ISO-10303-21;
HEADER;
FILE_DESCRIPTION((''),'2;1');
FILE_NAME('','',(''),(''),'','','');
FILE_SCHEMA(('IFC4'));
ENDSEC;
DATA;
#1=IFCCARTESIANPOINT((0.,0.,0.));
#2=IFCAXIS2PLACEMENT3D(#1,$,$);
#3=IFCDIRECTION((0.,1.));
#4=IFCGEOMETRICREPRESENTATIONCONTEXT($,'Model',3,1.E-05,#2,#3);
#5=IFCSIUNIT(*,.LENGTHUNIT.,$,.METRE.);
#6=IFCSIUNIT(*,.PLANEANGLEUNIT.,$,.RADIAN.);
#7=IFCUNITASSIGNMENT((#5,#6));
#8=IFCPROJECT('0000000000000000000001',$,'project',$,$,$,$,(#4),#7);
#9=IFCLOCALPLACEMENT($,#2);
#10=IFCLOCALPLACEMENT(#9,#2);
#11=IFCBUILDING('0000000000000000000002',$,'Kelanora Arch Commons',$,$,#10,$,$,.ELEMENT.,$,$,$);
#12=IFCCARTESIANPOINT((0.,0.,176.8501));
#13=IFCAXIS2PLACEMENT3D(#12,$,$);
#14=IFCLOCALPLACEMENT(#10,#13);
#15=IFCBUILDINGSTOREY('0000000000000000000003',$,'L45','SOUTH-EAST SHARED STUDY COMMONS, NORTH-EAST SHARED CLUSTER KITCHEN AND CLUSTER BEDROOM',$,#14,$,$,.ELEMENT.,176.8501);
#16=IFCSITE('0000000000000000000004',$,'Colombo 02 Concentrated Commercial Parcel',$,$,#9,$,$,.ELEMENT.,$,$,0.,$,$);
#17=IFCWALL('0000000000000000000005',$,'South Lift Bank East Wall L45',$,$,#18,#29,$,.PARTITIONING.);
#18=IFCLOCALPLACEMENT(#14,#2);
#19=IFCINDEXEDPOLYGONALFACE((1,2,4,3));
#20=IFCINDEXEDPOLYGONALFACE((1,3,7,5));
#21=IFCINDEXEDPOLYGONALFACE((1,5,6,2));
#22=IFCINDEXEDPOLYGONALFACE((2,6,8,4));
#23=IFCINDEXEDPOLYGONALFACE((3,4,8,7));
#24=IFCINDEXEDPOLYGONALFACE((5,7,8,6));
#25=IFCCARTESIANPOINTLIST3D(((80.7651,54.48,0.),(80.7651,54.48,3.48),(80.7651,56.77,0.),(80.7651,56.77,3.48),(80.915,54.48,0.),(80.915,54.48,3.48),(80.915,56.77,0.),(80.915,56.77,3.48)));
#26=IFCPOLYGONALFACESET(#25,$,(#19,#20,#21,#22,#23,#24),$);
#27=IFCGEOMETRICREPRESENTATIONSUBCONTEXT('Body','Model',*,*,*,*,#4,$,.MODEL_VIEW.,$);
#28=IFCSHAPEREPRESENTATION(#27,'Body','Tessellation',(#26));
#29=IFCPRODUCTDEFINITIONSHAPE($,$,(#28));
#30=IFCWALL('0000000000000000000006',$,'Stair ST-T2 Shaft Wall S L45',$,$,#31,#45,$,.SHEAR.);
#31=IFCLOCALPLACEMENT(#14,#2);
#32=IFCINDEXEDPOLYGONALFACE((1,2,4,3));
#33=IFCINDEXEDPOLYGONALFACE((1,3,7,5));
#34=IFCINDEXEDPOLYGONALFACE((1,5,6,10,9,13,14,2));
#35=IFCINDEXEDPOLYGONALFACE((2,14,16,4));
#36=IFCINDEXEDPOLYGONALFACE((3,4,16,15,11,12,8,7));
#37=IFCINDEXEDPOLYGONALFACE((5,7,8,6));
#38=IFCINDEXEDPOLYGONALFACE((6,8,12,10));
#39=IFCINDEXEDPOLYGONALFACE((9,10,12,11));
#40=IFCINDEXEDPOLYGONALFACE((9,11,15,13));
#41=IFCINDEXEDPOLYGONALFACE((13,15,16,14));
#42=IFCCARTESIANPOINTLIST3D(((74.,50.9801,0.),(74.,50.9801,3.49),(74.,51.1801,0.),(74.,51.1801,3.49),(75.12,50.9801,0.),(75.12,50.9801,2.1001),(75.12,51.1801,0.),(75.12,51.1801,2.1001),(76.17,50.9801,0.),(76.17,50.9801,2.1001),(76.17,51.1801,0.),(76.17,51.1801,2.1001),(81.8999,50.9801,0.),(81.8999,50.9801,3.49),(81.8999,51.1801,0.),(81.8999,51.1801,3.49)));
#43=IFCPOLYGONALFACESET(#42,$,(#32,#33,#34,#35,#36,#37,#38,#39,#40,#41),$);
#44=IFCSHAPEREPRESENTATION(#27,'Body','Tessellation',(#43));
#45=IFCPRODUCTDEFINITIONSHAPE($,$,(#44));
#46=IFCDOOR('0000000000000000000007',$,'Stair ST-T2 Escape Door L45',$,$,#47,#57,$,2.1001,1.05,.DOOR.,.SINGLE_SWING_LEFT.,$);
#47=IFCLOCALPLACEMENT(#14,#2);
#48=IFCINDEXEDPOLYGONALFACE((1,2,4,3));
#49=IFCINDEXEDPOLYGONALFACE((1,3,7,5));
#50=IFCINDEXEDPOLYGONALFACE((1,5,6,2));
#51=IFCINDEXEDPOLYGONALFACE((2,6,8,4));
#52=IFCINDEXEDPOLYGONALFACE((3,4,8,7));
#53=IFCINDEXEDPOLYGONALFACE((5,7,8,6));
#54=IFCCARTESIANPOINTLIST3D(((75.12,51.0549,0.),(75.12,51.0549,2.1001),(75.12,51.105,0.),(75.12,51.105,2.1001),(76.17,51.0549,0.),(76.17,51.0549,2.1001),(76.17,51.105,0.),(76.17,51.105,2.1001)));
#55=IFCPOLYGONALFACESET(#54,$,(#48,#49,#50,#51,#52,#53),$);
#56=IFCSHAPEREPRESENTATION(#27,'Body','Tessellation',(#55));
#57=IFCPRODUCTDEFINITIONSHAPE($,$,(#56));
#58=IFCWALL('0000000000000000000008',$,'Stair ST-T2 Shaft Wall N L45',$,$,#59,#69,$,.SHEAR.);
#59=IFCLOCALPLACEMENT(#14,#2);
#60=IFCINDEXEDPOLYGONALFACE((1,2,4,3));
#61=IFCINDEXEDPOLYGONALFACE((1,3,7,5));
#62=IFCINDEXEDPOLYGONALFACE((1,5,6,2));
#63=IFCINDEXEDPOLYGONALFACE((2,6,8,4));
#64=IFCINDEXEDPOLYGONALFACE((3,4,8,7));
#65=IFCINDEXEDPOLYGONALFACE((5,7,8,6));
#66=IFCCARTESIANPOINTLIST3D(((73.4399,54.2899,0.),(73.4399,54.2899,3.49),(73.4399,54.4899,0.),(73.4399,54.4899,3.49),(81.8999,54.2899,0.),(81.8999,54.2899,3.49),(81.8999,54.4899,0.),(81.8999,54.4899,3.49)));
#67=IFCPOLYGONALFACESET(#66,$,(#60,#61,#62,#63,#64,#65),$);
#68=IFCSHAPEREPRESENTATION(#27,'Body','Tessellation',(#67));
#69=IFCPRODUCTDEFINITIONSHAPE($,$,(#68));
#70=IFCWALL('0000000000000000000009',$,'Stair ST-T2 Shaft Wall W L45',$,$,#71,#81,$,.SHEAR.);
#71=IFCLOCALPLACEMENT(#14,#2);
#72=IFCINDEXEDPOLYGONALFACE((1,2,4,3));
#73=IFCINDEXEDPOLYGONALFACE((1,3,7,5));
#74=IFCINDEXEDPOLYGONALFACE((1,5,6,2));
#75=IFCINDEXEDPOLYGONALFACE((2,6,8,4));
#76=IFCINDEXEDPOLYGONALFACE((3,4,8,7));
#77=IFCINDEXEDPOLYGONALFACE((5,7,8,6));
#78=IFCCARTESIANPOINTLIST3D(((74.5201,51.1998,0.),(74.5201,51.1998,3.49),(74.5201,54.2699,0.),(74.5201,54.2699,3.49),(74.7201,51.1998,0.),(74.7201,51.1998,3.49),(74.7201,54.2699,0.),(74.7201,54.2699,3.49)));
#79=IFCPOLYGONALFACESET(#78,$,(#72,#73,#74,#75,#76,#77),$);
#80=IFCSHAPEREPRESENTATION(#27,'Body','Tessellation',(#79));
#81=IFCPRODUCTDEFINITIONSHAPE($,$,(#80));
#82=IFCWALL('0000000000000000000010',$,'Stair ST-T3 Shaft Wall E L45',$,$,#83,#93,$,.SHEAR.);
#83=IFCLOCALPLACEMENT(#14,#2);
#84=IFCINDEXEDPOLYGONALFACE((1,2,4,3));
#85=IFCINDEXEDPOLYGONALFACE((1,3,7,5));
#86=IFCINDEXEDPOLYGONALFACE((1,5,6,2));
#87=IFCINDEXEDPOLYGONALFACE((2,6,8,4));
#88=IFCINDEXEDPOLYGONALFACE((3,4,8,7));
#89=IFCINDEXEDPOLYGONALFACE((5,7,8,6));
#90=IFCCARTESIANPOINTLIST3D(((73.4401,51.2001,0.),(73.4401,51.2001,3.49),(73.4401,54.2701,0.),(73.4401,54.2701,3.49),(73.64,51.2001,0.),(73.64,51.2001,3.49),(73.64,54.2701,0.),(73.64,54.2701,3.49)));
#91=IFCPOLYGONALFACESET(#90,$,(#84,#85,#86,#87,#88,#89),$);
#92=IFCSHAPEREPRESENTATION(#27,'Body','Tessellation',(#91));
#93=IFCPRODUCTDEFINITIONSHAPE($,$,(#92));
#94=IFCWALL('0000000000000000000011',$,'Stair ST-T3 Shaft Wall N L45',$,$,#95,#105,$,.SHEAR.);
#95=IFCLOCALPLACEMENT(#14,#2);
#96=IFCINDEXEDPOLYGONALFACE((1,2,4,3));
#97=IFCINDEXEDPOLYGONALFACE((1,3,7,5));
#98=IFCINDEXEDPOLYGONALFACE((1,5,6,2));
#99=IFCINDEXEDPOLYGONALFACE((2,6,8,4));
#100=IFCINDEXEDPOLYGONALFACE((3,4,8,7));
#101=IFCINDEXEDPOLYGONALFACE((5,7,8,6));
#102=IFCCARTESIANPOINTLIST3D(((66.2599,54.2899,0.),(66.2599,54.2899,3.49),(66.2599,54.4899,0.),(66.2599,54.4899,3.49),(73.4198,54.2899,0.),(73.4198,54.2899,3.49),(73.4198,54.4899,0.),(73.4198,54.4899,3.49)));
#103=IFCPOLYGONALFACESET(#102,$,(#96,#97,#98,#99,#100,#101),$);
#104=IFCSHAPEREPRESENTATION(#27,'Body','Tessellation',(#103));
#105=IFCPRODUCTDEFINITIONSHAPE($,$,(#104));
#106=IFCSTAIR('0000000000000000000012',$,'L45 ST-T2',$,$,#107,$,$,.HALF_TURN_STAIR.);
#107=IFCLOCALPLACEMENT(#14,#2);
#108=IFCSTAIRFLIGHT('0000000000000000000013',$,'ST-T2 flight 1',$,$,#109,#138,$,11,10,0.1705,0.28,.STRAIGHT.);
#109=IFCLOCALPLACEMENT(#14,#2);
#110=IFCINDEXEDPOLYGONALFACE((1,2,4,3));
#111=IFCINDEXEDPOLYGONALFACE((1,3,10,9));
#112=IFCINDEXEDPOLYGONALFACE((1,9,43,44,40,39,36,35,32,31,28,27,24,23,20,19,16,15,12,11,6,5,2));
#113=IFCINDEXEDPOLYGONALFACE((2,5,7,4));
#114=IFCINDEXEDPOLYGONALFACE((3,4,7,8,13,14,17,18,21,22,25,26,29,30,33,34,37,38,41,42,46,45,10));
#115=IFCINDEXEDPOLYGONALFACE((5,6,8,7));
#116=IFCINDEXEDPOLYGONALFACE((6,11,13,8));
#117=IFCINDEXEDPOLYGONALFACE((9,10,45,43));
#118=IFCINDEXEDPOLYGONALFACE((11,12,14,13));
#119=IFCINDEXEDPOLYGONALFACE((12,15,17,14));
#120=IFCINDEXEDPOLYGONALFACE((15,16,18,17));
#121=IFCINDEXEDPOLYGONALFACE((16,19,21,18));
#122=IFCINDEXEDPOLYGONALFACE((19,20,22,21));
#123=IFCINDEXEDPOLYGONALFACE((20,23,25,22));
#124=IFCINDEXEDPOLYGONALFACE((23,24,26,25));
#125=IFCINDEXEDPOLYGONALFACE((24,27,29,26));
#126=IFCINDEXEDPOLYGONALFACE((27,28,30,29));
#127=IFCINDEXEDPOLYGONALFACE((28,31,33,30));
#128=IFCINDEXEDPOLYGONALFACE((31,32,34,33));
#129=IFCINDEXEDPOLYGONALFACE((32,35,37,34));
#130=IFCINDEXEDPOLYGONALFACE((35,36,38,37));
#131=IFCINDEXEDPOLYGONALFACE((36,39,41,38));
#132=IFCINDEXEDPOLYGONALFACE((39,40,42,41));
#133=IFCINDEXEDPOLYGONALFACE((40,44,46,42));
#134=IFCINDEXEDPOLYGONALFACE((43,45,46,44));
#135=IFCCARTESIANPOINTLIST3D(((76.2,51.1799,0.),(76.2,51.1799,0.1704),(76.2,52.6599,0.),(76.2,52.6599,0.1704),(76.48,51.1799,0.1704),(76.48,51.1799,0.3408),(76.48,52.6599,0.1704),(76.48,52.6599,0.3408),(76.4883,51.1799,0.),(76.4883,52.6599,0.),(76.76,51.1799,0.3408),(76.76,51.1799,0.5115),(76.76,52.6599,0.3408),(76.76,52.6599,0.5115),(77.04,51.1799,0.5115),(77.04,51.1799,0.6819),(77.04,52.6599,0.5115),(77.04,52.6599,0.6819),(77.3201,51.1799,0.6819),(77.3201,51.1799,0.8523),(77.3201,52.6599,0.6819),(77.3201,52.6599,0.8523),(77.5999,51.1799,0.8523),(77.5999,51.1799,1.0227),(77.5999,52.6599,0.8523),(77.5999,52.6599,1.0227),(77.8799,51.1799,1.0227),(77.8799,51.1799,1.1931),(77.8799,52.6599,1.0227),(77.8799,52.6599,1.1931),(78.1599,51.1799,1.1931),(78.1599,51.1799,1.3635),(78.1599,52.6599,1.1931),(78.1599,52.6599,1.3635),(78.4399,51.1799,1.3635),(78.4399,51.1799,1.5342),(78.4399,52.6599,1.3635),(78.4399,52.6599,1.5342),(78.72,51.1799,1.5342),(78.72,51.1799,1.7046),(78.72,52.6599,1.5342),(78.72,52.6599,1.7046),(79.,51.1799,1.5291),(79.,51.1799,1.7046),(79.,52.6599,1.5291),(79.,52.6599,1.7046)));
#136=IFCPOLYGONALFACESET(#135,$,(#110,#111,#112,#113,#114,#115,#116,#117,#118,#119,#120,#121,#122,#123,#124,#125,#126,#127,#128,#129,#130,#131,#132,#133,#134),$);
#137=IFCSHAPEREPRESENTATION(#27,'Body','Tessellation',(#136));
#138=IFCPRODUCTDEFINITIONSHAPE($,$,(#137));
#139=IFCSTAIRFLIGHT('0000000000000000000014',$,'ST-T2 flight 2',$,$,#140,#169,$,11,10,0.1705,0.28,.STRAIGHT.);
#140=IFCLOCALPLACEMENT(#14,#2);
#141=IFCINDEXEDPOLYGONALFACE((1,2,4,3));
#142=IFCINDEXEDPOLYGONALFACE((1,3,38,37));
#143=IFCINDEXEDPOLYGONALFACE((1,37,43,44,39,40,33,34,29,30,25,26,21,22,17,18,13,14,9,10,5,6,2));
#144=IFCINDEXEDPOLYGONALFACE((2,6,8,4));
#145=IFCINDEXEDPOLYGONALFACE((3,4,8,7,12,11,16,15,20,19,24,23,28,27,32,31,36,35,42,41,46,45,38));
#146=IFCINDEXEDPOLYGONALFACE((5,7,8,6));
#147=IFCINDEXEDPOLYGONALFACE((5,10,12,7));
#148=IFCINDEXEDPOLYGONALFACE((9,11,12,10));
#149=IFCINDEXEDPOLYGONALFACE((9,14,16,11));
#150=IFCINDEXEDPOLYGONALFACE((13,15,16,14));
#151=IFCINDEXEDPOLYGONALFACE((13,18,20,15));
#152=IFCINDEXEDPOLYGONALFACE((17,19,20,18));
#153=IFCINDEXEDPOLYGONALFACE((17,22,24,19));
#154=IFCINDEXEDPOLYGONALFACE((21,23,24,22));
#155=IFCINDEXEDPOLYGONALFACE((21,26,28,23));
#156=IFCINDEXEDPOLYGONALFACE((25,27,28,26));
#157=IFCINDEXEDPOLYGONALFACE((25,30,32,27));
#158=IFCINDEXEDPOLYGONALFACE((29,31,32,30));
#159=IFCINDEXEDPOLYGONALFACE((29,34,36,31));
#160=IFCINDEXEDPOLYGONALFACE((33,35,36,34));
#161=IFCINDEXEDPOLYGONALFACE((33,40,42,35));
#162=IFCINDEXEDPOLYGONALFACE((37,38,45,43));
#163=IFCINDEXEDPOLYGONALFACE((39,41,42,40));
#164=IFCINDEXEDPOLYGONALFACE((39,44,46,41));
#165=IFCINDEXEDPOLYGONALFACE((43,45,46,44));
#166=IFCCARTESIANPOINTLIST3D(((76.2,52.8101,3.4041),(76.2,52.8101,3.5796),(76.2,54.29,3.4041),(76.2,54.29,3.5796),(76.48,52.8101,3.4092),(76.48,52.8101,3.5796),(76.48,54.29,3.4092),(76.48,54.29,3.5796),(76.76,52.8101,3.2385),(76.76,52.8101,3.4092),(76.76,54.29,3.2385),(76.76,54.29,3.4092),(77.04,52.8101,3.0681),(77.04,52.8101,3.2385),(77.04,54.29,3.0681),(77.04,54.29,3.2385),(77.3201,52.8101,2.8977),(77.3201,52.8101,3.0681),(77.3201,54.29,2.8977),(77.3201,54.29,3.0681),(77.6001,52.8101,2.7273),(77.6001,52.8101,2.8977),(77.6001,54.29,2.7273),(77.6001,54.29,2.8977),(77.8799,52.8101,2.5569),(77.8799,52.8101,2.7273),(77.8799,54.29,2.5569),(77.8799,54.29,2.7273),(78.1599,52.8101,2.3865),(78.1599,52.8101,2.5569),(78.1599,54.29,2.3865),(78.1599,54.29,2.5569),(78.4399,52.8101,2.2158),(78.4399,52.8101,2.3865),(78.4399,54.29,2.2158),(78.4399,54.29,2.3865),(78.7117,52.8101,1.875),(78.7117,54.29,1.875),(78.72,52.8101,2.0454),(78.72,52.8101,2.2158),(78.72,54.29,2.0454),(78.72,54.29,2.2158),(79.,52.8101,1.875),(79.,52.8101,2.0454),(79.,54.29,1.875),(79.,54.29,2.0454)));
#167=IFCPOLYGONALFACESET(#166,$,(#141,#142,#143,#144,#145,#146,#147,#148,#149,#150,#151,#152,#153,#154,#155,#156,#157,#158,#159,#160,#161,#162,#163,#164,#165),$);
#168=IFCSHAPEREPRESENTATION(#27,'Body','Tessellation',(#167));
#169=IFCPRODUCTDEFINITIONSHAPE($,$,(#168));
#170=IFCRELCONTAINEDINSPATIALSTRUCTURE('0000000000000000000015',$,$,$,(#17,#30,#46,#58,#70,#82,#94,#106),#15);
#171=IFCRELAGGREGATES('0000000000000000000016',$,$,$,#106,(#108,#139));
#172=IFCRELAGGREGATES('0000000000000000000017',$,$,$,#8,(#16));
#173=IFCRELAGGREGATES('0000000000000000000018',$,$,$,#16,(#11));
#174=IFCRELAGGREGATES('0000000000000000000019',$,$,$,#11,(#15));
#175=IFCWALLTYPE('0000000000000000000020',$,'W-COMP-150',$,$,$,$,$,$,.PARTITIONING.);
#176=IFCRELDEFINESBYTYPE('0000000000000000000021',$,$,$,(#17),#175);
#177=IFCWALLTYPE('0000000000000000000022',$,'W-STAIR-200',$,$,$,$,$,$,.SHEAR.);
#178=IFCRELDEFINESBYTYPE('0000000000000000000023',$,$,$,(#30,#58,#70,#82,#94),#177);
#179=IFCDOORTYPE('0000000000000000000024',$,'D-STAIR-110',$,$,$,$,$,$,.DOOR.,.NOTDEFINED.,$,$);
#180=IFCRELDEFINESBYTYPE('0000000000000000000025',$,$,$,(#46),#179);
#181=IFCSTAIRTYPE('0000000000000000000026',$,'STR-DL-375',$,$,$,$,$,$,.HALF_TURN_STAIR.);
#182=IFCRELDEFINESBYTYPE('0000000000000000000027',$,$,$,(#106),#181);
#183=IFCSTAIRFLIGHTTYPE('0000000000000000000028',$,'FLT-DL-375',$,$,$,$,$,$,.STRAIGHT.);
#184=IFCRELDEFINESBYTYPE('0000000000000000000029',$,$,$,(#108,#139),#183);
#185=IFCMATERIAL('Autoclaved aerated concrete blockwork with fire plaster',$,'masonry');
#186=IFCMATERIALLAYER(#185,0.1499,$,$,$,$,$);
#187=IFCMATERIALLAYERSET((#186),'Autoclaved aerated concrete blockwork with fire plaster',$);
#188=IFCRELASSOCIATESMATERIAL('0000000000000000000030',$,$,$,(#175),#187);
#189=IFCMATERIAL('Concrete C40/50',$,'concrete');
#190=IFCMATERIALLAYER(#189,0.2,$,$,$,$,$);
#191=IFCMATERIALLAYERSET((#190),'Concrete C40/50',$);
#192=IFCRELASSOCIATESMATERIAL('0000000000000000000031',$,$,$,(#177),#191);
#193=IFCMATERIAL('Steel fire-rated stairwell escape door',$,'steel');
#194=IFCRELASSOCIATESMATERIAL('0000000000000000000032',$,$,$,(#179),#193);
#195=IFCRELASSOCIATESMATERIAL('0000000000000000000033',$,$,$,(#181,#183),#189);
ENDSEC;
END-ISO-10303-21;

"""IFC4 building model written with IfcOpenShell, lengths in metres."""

from ifc_helpers import new_model, si_unit, direction, frame, frame_2d, origin, place, context, subcontext, project, spatial, polyline, rectangle, outline, extrude, material, layer, layer_set, type_object, element, fill, aggregate, save


model = new_model("IFC4")

# Units and contexts
model_context = context("Model", 3, precision=1e-05, world=origin(), true_north=direction((0.0, 1.0)))
body_context = subcontext(model_context, "Body", "Model", "MODEL_VIEW")
ifc_project = project(units=[si_unit("LENGTHUNIT", "METRE"), si_unit("PLANEANGLEUNIT", "RADIAN")], contexts=[model_context])

# Site, building, storey
site_placement = place(None, origin())
site = spatial("IfcSite", under=ifc_project, at=site_placement, Name="Colombo 02 Concentrated Commercial Parcel", CompositionType="ELEMENT", RefElevation=0.0)
building_placement = place(site_placement, origin())
building = spatial("IfcBuilding", under=site, at=building_placement, Name="Kelanora Arch Commons", CompositionType="ELEMENT")
storey_placement = place(building_placement, frame((0.0, 0.0, 176.8501)))
storey = spatial("IfcBuildingStorey", under=building, at=storey_placement, Name="L45", Description="SOUTH-EAST SHARED STUDY COMMONS, NORTH-EAST SHARED CLUSTER KITCHEN AND CLUSTER BEDROOM", CompositionType="ELEMENT", Elevation=176.8501)

# Wall
ifc_material_1 = material(Name="Autoclaved aerated concrete blockwork with fire plaster", Category="masonry")
ifc_layer_1 = layer(ifc_material_1, 0.1499)
ifc_layer_set_1 = layer_set([ifc_layer_1], Name="Autoclaved aerated concrete blockwork with fire plaster")
wall_type_1 = type_object("IfcWallType", Name="W-COMP-150", PredefinedType="PARTITIONING", material=ifc_layer_set_1)
wall_1_placement = place(storey_placement, frame((80.8401, 54.48, 0.0), z_axis=(0.0, 0.0, 1.0), x_axis=(0.0, 1.0, 0.0)))
element("IfcWall", 1, at=wall_1_placement, inside=storey, type_object=wall_type_1, Name="South Lift Bank East Wall L45", PredefinedType="PARTITIONING", context=body_context, shape_type="SweptSolid", body=[
    extrude(rectangle(XDim=2.29, YDim=0.1499, at=frame_2d((1.145, 0.0))), origin(), (0.0, 0.0, 1.0), 3.48),
])

# Wall, opening, door
ifc_material_2 = material(Name="Concrete C40/50", Category="concrete")
ifc_layer_2 = layer(ifc_material_2, 0.2)
ifc_layer_set_2 = layer_set([ifc_layer_2], Name="Concrete C40/50")
wall_type_2 = type_object("IfcWallType", Name="W-STAIR-200", PredefinedType="SHEAR", material=ifc_layer_set_2)
wall_2_placement = place(storey_placement, frame((74.0, 51.0801, 0.0), z_axis=(0.0, 0.0, 1.0), x_axis=(1.0, 0.0, 0.0)))
wall_2 = element("IfcWall", 2, at=wall_2_placement, inside=storey, type_object=wall_type_2, Name="Stair ST-T2 Shaft Wall S L45", PredefinedType="SHEAR", context=body_context, shape_type="SweptSolid", body=[
    extrude(rectangle(XDim=7.8999, YDim=0.2, at=frame_2d((3.95, 0.0))), origin(), (0.0, 0.0, 1.0), 3.49),
])
opening_placement = place(wall_2_placement, frame((1.1201, 0.0, 0.0)))
opening = element("IfcOpeningElement", 3, at=opening_placement, cuts=wall_2, PredefinedType="OPENING", context=body_context, shape_type="SweptSolid", body=[
    extrude(rectangle(XDim=1.05, YDim=2.1001, at=frame_2d((0.5249, 1.05))), frame((0.0, 0.1099, 0.0), z_axis=(0.0, -1.0, 0.0), x_axis=(1.0, 0.0, 0.0)), (0.0, 0.0, 1.0), 0.22),
])
ifc_material_3 = material(Name="Steel fire-rated stairwell escape door", Category="steel")
door_type = type_object("IfcDoorType", Name="D-STAIR-110", OperationType="NOTDEFINED", PredefinedType="DOOR", material=ifc_material_3)
door_placement = place(opening_placement, origin())
door = element("IfcDoor", 4, at=door_placement, inside=storey, type_object=door_type, Name="Stair ST-T2 Escape Door L45", OperationType="SINGLE_SWING_LEFT", OverallHeight=2.1001, OverallWidth=1.05, PredefinedType="DOOR", context=body_context, shape_type="SweptSolid", body=[
    extrude(rectangle(XDim=1.05, YDim=2.1001, at=frame_2d((0.5249, 1.05))), frame((0.0, 0.0249, 0.0), z_axis=(0.0, -1.0, 0.0), x_axis=(1.0, 0.0, 0.0)), (0.0, 0.0, 1.0), 0.05),
])
fill(opening, door)

# Walls
wall_3_placement = place(storey_placement, frame((81.8999, 54.3899, 0.0), z_axis=(0.0, 0.0, 1.0), x_axis=(-1.0, 0.0, 0.0)))
element("IfcWall", 5, at=wall_3_placement, inside=storey, type_object=wall_type_2, Name="Stair ST-T2 Shaft Wall N L45", PredefinedType="SHEAR", context=body_context, shape_type="SweptSolid", body=[
    extrude(rectangle(XDim=8.46, YDim=0.2, at=frame_2d((4.23, 0.0))), origin(), (0.0, 0.0, 1.0), 3.49),
])
for number, where, z_axis, x_axis, name in (
    (6, (74.6201, 54.27, 0.0), (0.0, 0.0, 1.0), (0.0, -1.0, 0.0), "Stair ST-T2 Shaft Wall W L45"),
    (7, (73.54, 51.2, 0.0), (0.0, 0.0, 1.0), (0.0, 1.0, 0.0), "Stair ST-T3 Shaft Wall E L45"),
):
    element("IfcWall", number, at=place(storey_placement, frame(where, z_axis=z_axis, x_axis=x_axis)), inside=storey, type_object=wall_type_2, Name=name, PredefinedType="SHEAR", context=body_context, shape_type="SweptSolid", body=[
        extrude(rectangle(XDim=3.0701, YDim=0.2, at=frame_2d((1.5352, 0.0))), origin(), (0.0, 0.0, 1.0), 3.49),
    ])
wall_4_placement = place(storey_placement, frame((73.4199, 54.3899, 0.0), z_axis=(0.0, 0.0, 1.0), x_axis=(-1.0, 0.0, 0.0)))
element("IfcWall", 8, at=wall_4_placement, inside=storey, type_object=wall_type_2, Name="Stair ST-T3 Shaft Wall N L45", PredefinedType="SHEAR", context=body_context, shape_type="SweptSolid", body=[
    extrude(rectangle(XDim=7.1599, YDim=0.2, at=frame_2d((3.5801, 0.0))), origin(), (0.0, 0.0, 1.0), 3.49),
])

# Stair, stair flights
stair_type = type_object("IfcStairType", Name="STR-DL-375", PredefinedType="HALF_TURN_STAIR", material=ifc_material_2)
stair_1_placement = place(storey_placement, origin())
stair_1 = element("IfcStair", 9, at=stair_1_placement, inside=storey, type_object=stair_type, Name="L45 ST-T2", PredefinedType="HALF_TURN_STAIR")
stair_flight_type = type_object("IfcStairFlightType", Name="FLT-DL-375", PredefinedType="STRAIGHT", material=ifc_material_2)
stair_flight_1_placement = place(storey_placement, frame((76.2, 51.9199, 0.0), z_axis=(0.0, 0.0, 1.0), x_axis=(1.0, 0.0, 0.0)))
stair_flight_1 = element("IfcStairFlight", 10, at=stair_flight_1_placement, type_object=stair_flight_type, Name="ST-T2 flight 1", NumberOfRisers=11, NumberOfTreads=10, PredefinedType="STRAIGHT", RiserHeight=0.1705, TreadLength=0.28, context=body_context, shape_type="SweptSolid", body=[
    extrude(outline(polyline([(0.0, 0.0), (0.0, 0.1704), (0.28, 0.1704), (0.28, 0.3408), (0.5601, 0.3408), (0.5601, 0.5115), (0.8401, 0.5115), (0.8401, 0.6819), (1.1201, 0.6819), (1.1201, 0.8523), (1.3999, 0.8523), (1.3999, 1.0227), (1.6799, 1.0227), (1.6799, 1.1931), (1.96, 1.1931), (1.96, 1.3635), (2.24, 1.3635), (2.24, 1.5342), (2.52, 1.5342), (2.52, 1.7046), (2.8, 1.7046), (2.8, 1.875), (2.8, 1.5291), (0.2883, 0.0), (0.0, 0.0)])), frame((0.0, 0.74, 0.0), z_axis=(0.0, -1.0, 0.0), x_axis=(1.0, 0.0, 0.0)), (0.0, 0.0, 1.0), 1.48),
])
stair_flight_2_placement = place(storey_placement, frame((79.0, 53.55, 1.875), z_axis=(0.0, 0.0, 1.0), x_axis=(-1.0, 0.0, 0.0)))
stair_flight_2 = element("IfcStairFlight", 11, at=stair_flight_2_placement, type_object=stair_flight_type, Name="ST-T2 flight 2", NumberOfRisers=11, NumberOfTreads=10, PredefinedType="STRAIGHT", RiserHeight=0.1705, TreadLength=0.28, context=body_context, shape_type="SweptSolid", body=[
    extrude(outline(polyline([(0.0, 0.0), (0.0, 0.1704), (0.28, 0.1704), (0.28, 0.3408), (0.5601, 0.3408), (0.5601, 0.5115), (0.8401, 0.5115), (0.8401, 0.6819), (1.1201, 0.6819), (1.1201, 0.8523), (1.3999, 0.8523), (1.3999, 1.0227), (1.6799, 1.0227), (1.6799, 1.1931), (1.96, 1.1931), (1.96, 1.3635), (2.24, 1.3635), (2.24, 1.5342), (2.52, 1.5342), (2.52, 1.7046), (2.8, 1.7046), (2.8, 1.875), (2.8, 1.5291), (0.2883, 0.0), (0.0, 0.0)])), frame((0.0, 0.74, 0.0), z_axis=(0.0, -1.0, 0.0), x_axis=(1.0, 0.0, 0.0)), (0.0, 0.0, 1.0), 1.48),
])
aggregate(stair_1, [stair_flight_1, stair_flight_2])

save(model, "model.ifc")
